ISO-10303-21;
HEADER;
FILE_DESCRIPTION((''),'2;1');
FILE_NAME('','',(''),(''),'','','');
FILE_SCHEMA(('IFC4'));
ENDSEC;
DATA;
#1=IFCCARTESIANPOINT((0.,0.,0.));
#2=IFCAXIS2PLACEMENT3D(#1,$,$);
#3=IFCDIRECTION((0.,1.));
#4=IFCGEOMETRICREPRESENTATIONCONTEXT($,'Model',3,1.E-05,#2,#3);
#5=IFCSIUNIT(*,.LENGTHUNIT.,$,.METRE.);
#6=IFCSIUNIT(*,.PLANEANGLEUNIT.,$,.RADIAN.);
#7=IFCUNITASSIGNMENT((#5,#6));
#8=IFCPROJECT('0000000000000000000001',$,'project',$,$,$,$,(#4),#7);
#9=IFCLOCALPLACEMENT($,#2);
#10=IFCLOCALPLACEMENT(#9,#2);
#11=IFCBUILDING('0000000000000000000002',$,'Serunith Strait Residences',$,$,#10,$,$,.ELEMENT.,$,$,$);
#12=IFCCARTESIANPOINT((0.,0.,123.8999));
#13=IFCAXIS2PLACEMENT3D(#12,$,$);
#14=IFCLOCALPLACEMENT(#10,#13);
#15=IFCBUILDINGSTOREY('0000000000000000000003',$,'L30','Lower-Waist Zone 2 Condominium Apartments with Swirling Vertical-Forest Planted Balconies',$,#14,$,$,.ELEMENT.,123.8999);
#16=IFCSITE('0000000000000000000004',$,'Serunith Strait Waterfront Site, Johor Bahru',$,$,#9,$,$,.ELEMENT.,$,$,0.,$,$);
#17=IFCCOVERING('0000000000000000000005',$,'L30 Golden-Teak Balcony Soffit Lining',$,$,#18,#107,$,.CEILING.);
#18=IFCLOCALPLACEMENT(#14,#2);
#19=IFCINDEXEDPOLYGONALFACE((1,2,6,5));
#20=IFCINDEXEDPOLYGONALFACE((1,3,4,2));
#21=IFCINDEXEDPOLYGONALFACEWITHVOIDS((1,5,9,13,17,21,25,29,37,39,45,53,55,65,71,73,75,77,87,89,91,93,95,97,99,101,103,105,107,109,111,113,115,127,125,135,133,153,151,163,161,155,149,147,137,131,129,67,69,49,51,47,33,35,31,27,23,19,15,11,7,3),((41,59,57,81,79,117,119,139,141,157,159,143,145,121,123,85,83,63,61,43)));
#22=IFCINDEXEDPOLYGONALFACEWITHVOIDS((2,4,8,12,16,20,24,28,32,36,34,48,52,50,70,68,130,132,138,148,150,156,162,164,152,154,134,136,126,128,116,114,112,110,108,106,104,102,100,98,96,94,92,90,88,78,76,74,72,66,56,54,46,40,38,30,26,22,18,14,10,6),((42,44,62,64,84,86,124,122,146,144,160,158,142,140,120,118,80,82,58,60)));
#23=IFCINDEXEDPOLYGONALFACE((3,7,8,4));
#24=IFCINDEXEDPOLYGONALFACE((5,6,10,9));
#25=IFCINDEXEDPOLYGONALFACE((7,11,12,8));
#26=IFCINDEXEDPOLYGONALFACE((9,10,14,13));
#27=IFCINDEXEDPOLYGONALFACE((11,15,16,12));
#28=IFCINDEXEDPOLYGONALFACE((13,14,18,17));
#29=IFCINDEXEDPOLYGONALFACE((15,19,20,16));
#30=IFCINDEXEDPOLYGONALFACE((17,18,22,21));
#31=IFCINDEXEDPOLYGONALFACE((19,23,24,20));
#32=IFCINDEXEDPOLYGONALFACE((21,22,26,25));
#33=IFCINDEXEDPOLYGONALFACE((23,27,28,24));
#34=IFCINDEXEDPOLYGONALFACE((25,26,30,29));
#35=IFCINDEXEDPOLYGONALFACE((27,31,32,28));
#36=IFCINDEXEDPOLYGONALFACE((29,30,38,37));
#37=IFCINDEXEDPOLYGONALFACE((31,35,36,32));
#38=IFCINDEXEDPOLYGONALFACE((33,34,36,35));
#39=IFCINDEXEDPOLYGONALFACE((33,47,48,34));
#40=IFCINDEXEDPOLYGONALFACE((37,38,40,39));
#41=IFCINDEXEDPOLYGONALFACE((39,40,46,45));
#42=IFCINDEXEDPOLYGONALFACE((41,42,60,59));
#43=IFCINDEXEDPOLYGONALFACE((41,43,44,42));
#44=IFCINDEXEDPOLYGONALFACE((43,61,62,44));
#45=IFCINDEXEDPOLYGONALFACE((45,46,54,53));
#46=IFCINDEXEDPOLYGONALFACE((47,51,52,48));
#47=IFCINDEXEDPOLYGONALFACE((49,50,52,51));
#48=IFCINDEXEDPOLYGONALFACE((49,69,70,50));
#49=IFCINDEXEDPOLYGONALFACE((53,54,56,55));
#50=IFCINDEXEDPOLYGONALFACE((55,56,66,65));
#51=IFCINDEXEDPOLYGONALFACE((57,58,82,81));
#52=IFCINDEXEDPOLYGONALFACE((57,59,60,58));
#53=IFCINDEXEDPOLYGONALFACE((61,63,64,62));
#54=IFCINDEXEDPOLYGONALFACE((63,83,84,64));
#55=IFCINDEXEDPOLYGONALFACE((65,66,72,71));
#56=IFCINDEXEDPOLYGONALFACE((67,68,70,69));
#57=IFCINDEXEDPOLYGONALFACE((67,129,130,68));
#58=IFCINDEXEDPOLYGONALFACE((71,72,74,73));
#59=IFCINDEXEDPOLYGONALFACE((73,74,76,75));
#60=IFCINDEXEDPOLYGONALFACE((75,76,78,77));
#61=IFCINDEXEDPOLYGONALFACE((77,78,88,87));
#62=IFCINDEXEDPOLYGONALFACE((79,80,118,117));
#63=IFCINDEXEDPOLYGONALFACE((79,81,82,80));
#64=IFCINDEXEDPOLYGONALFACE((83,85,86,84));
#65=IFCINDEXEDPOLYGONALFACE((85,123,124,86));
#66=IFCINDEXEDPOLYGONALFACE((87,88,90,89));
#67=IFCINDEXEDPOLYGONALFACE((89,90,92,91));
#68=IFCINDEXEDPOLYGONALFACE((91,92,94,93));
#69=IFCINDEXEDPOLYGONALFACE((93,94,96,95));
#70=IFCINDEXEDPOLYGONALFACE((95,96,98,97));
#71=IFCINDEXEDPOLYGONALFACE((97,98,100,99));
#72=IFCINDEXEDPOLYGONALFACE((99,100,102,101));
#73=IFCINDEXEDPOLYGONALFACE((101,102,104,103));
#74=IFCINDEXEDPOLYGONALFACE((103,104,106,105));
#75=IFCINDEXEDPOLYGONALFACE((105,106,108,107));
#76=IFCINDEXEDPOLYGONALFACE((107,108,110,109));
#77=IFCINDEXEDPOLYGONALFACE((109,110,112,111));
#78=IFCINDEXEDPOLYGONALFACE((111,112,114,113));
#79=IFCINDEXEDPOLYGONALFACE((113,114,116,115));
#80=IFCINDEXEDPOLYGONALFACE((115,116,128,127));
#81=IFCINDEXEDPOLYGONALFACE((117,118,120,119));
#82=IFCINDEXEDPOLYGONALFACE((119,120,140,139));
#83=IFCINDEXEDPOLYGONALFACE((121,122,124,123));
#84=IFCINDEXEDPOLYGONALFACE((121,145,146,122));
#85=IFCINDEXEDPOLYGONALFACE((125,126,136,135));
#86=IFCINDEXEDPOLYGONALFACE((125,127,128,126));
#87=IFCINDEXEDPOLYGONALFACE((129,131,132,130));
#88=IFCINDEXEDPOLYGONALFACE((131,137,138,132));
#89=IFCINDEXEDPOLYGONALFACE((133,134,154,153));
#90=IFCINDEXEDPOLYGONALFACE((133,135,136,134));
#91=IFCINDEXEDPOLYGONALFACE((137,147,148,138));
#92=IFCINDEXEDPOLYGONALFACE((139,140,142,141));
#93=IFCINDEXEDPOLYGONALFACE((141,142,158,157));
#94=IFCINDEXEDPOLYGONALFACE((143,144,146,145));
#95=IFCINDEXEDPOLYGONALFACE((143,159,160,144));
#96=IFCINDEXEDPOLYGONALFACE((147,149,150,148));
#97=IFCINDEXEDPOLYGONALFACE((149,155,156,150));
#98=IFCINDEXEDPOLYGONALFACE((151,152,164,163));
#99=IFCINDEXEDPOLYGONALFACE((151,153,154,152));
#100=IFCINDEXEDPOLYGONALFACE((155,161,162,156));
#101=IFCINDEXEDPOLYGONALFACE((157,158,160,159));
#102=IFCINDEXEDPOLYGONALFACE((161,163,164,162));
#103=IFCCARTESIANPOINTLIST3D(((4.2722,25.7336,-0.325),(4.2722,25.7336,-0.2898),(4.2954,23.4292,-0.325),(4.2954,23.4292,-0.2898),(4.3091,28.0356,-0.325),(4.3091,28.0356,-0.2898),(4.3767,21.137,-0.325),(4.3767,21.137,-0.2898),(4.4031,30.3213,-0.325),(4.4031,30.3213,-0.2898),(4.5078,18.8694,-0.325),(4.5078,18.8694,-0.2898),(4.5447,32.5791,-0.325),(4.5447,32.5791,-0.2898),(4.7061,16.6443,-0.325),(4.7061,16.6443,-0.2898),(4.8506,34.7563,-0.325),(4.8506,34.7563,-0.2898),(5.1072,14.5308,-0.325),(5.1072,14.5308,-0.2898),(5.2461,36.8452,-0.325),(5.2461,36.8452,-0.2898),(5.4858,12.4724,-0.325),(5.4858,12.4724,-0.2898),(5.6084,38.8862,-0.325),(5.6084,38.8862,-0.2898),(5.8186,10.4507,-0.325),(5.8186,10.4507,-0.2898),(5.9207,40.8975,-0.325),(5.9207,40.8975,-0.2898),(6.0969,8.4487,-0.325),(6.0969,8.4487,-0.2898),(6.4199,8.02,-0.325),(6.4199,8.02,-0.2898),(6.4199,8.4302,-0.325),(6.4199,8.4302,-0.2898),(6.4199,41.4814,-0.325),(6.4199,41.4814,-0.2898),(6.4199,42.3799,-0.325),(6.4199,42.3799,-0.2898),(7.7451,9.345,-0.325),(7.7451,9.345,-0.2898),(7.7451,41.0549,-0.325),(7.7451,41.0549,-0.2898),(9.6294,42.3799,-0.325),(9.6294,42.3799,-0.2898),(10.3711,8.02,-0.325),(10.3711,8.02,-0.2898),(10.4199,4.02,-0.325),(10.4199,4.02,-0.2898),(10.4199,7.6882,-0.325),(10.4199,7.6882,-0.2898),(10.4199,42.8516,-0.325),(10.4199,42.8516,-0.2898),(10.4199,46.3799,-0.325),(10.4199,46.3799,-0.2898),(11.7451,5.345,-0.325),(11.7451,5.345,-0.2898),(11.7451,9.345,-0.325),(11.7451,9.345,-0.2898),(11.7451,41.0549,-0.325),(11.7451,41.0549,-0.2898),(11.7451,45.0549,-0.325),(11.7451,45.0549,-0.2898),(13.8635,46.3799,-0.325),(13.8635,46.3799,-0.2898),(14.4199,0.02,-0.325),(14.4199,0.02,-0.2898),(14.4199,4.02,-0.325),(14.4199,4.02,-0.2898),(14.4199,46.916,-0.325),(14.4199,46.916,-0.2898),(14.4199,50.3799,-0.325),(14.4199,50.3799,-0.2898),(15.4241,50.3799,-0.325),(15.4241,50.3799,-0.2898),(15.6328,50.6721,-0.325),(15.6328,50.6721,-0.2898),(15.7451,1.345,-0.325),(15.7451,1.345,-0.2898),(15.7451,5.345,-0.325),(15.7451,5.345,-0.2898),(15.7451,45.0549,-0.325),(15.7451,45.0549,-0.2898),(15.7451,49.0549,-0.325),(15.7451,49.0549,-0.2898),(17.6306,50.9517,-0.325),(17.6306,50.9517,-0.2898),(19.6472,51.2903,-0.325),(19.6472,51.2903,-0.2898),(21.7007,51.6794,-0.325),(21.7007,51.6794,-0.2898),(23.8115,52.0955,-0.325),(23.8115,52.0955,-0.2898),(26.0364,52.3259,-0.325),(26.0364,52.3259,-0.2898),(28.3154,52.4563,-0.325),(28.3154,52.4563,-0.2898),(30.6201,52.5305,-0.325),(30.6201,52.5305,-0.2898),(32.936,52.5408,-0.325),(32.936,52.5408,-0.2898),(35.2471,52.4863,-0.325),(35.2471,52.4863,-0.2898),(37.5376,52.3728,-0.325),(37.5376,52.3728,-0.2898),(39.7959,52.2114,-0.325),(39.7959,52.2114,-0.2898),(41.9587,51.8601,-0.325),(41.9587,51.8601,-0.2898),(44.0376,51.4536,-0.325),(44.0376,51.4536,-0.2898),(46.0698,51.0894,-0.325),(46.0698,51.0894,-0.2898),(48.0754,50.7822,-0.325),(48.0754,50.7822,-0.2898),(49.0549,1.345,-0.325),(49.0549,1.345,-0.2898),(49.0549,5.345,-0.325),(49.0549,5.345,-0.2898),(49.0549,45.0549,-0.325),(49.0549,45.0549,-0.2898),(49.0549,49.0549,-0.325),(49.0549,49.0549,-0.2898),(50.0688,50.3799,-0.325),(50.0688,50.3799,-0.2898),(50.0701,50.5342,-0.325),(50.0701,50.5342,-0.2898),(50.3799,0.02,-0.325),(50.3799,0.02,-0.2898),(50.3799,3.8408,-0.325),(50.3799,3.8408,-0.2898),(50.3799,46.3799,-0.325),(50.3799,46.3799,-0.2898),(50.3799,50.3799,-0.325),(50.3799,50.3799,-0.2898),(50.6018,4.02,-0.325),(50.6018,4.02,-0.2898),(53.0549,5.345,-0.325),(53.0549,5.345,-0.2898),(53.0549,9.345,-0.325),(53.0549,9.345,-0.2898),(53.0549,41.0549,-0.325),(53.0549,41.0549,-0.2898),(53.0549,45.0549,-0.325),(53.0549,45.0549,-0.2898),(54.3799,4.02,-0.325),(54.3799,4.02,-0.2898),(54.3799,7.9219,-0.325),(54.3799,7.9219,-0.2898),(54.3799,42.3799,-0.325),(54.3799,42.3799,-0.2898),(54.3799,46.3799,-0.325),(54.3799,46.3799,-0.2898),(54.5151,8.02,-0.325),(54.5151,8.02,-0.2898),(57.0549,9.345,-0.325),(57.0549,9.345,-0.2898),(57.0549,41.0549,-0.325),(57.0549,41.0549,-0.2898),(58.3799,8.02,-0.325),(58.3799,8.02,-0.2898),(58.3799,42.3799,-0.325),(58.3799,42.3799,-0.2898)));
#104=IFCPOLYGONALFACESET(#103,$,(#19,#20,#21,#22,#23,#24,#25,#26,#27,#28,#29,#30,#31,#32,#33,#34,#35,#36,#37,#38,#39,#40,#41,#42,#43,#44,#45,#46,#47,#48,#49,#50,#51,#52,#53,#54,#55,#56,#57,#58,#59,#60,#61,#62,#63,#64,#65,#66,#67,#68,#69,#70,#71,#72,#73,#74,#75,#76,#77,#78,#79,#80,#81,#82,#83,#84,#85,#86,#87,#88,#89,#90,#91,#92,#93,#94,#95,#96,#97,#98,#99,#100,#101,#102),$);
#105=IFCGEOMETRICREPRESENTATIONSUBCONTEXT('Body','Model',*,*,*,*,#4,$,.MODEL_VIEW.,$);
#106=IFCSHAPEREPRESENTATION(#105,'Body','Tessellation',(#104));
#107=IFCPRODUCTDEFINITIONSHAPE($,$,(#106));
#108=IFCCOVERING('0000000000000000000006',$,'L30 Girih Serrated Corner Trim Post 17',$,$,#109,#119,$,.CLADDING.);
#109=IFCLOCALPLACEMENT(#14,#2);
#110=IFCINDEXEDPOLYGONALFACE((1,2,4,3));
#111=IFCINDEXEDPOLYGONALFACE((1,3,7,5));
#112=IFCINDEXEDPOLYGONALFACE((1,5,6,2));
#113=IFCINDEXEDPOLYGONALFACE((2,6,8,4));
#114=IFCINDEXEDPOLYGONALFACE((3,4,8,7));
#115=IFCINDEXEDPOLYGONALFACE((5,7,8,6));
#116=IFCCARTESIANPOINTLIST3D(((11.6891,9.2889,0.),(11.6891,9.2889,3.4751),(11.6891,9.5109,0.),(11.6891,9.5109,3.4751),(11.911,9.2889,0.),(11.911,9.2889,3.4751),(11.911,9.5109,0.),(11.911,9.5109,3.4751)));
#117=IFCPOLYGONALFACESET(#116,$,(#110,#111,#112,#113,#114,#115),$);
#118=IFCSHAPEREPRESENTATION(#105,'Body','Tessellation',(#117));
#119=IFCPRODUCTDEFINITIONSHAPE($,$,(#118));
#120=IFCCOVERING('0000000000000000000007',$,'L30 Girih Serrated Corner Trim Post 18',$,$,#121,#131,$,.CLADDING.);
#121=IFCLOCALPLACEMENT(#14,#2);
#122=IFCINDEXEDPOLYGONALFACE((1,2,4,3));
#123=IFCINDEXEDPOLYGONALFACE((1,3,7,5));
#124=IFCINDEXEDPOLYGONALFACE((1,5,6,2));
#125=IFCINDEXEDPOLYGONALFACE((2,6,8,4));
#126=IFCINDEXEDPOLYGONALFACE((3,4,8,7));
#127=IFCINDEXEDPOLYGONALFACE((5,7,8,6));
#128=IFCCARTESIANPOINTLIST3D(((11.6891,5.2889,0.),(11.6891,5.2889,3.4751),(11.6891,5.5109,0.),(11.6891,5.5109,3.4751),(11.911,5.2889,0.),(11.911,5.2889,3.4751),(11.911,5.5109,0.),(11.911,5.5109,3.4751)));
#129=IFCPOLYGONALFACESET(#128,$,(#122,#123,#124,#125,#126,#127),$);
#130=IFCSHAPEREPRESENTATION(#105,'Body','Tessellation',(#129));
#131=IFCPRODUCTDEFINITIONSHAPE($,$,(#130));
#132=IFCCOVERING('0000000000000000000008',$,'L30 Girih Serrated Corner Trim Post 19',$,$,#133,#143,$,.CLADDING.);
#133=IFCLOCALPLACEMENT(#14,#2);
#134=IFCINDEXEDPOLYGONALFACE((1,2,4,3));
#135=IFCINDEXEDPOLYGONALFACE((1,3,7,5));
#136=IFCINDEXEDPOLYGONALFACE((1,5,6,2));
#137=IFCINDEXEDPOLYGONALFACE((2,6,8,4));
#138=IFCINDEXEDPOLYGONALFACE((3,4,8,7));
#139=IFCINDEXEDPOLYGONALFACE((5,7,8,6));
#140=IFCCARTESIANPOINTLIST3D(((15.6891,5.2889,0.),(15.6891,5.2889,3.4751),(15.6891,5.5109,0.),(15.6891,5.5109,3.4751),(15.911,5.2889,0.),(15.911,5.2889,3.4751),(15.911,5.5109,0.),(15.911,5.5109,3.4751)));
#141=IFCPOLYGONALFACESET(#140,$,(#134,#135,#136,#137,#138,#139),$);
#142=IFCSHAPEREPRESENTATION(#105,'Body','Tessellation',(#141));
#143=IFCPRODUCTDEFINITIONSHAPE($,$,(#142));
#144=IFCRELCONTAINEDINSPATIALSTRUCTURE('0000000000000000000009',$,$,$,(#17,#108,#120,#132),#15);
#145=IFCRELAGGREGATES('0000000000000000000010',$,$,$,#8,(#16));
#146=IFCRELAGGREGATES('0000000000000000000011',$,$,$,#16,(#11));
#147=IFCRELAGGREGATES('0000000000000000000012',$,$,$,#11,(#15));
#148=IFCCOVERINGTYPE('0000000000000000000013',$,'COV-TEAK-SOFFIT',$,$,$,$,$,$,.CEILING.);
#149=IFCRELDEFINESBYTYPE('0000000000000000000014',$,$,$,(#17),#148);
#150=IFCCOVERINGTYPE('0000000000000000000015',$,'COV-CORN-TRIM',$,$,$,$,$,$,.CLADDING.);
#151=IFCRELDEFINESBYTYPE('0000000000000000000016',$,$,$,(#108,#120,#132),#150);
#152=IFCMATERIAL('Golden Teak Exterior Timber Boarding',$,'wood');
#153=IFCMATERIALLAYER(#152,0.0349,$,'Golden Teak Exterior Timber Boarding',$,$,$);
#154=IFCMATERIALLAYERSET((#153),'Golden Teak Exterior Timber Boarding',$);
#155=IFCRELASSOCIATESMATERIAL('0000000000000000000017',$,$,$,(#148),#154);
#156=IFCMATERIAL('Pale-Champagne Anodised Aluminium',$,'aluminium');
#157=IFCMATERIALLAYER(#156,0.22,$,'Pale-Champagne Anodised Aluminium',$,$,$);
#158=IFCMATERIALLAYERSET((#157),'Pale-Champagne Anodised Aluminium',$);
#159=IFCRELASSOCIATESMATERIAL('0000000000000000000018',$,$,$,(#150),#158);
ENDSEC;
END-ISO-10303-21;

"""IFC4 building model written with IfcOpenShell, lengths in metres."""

from ifc_helpers import new_model, si_unit, direction, frame, origin, origin_2d, place, context, subcontext, project, spatial, polyline, rectangle, outline, extrude, source, transform, mapped, material, layer, layer_set, type_object, element, save


model = new_model("IFC4")

# Units and contexts
model_context = context("Model", 3, precision=1e-05, world=origin(), true_north=direction((0.0, 1.0)))
body_context = subcontext(model_context, "Body", "Model", "MODEL_VIEW")
ifc_project = project(units=[si_unit("LENGTHUNIT", "METRE"), si_unit("PLANEANGLEUNIT", "RADIAN")], contexts=[model_context])

# Site, building, storey
site_placement = place(None, origin())
site = spatial("IfcSite", under=ifc_project, at=site_placement, Name="Serunith Strait Waterfront Site, Johor Bahru", CompositionType="ELEMENT", RefElevation=0.0)
building_placement = place(site_placement, origin())
building = spatial("IfcBuilding", under=site, at=building_placement, Name="Serunith Strait Residences", CompositionType="ELEMENT")
storey_placement = place(building_placement, frame((0.0, 0.0, 123.8999)))
storey = spatial("IfcBuildingStorey", under=building, at=storey_placement, Name="L30", Description="Lower-Waist Zone 2 Condominium Apartments with Swirling Vertical-Forest Planted Balconies", CompositionType="ELEMENT", Elevation=123.8999)

# Shared definitions
ifc_material_1 = material(Name="Pale-Champagne Anodised Aluminium", Category="aluminium")

# Covering
ifc_material_2 = material(Name="Golden Teak Exterior Timber Boarding", Category="wood")
ifc_layer_1 = layer(ifc_material_2, 0.0349, Name="Golden Teak Exterior Timber Boarding")
ifc_layer_set_1 = layer_set([ifc_layer_1], Name="Golden Teak Exterior Timber Boarding")
covering_type_1 = type_object("IfcCoveringType", Name="COV-TEAK-SOFFIT", PredefinedType="CEILING", material=ifc_layer_set_1)
covering_placement = place(storey_placement, frame((0.0, 0.0, -0.325)))
element("IfcCovering", 1, at=covering_placement, inside=storey, type_object=covering_type_1, Name="L30 Golden-Teak Balcony Soffit Lining", PredefinedType="CEILING", context=body_context, shape_type="SweptSolid", body=[
    extrude(outline(polyline([(6.4199, 8.02), (6.4199, 8.4302), (6.0969, 8.4487), (5.8186, 10.4507), (5.4858, 12.4724), (5.1072, 14.5308), (4.7061, 16.6443), (4.5078, 18.8694), (4.3767, 21.137), (4.2954, 23.4292), (4.2722, 25.7336), (4.3091, 28.0356), (4.4031, 30.3213), (4.5447, 32.5791), (4.8506, 34.7563), (5.2461, 36.8452), (5.6084, 38.8862), (5.9207, 40.8975), (6.4199, 41.4814), (6.4199, 42.3799), (9.6294, 42.3799), (10.4199, 42.8516), (10.4199, 46.3799), (13.8635, 46.3799), (14.4199, 46.916), (14.4199, 50.3799), (15.4241, 50.3799), (15.6328, 50.6721), (17.6306, 50.9517), (19.6472, 51.2903), (21.7007, 51.6794), (23.8115, 52.0955), (26.0364, 52.3259), (28.3154, 52.4563), (30.6201, 52.5305), (32.936, 52.5408), (35.2471, 52.4863), (37.5376, 52.3728), (39.7959, 52.2114), (41.9587, 51.8601), (44.0376, 51.4536), (46.0698, 51.0894), (48.0754, 50.7822), (50.0701, 50.5342), (50.0688, 50.3799), (50.3799, 50.3799), (50.3799, 46.3799), (54.3799, 46.3799), (54.3799, 42.3799), (58.3799, 42.3799), (58.3799, 8.02), (54.5151, 8.02), (54.3799, 7.9219), (54.3799, 4.02), (50.6018, 4.02), (50.3799, 3.8408), (50.3799, 0.02), (14.4199, 0.02), (14.4199, 4.02), (10.4199, 4.02), (10.4199, 7.6882), (10.3711, 8.02), (6.4199, 8.02)]), holes=[polyline([(49.0549, 1.345), (49.0549, 5.345), (53.0549, 5.345), (53.0549, 9.345), (57.0549, 9.345), (57.0549, 41.0549), (53.0549, 41.0549), (53.0549, 45.0549), (49.0549, 45.0549), (49.0549, 49.0549), (15.7451, 49.0549), (15.7451, 45.0549), (11.7451, 45.0549), (11.7451, 41.0549), (7.7451, 41.0549), (7.7451, 9.345), (11.7451, 9.345), (11.7451, 5.345), (15.7451, 5.345), (15.7451, 1.345), (49.0549, 1.345)])]), origin(), (0.0, 0.0, 1.0), 0.0352),
])

# Coverings
ifc_layer_2 = layer(ifc_material_1, 0.22, Name="Pale-Champagne Anodised Aluminium")
ifc_layer_set_2 = layer_set([ifc_layer_2], Name="Pale-Champagne Anodised Aluminium")
covering_type_2 = type_object("IfcCoveringType", Name="COV-CORN-TRIM", PredefinedType="CLADDING", material=ifc_layer_set_2)
shared_shape_1 = source(origin(), body_context, "Body", "SweptSolid", [
    extrude(rectangle(XDim=0.2219, YDim=0.2219, at=origin_2d()), origin(), (0.0, 0.0, 1.0), 3.4751),
])
for number, where, z_axis, x_axis, name in (
    (2, (11.8, 9.3999, 0.0), (0.0, 0.0, 1.0), (1.0, 0.0, 0.0), "L30 Girih Serrated Corner Trim Post 17"),
    (3, (11.8, 5.3999, 0.0), (0.0, 0.0, 1.0), (1.0, 0.0, 0.0), "L30 Girih Serrated Corner Trim Post 18"),
    (4, (15.8, 5.3999, 0.0), (0.0, 0.0, 1.0), (1.0, 0.0, 0.0), "L30 Girih Serrated Corner Trim Post 19"),
):
    element("IfcCovering", number, at=place(storey_placement, frame(where, z_axis=z_axis, x_axis=x_axis)), inside=storey, type_object=covering_type_2, Name=name, PredefinedType="CLADDING", context=body_context, shape_type="MappedRepresentation", body=[
        mapped(shared_shape_1, transform((0.0, 0.0, 0.0), scale=1.0)),
    ])

save(model, "model.ifc")
